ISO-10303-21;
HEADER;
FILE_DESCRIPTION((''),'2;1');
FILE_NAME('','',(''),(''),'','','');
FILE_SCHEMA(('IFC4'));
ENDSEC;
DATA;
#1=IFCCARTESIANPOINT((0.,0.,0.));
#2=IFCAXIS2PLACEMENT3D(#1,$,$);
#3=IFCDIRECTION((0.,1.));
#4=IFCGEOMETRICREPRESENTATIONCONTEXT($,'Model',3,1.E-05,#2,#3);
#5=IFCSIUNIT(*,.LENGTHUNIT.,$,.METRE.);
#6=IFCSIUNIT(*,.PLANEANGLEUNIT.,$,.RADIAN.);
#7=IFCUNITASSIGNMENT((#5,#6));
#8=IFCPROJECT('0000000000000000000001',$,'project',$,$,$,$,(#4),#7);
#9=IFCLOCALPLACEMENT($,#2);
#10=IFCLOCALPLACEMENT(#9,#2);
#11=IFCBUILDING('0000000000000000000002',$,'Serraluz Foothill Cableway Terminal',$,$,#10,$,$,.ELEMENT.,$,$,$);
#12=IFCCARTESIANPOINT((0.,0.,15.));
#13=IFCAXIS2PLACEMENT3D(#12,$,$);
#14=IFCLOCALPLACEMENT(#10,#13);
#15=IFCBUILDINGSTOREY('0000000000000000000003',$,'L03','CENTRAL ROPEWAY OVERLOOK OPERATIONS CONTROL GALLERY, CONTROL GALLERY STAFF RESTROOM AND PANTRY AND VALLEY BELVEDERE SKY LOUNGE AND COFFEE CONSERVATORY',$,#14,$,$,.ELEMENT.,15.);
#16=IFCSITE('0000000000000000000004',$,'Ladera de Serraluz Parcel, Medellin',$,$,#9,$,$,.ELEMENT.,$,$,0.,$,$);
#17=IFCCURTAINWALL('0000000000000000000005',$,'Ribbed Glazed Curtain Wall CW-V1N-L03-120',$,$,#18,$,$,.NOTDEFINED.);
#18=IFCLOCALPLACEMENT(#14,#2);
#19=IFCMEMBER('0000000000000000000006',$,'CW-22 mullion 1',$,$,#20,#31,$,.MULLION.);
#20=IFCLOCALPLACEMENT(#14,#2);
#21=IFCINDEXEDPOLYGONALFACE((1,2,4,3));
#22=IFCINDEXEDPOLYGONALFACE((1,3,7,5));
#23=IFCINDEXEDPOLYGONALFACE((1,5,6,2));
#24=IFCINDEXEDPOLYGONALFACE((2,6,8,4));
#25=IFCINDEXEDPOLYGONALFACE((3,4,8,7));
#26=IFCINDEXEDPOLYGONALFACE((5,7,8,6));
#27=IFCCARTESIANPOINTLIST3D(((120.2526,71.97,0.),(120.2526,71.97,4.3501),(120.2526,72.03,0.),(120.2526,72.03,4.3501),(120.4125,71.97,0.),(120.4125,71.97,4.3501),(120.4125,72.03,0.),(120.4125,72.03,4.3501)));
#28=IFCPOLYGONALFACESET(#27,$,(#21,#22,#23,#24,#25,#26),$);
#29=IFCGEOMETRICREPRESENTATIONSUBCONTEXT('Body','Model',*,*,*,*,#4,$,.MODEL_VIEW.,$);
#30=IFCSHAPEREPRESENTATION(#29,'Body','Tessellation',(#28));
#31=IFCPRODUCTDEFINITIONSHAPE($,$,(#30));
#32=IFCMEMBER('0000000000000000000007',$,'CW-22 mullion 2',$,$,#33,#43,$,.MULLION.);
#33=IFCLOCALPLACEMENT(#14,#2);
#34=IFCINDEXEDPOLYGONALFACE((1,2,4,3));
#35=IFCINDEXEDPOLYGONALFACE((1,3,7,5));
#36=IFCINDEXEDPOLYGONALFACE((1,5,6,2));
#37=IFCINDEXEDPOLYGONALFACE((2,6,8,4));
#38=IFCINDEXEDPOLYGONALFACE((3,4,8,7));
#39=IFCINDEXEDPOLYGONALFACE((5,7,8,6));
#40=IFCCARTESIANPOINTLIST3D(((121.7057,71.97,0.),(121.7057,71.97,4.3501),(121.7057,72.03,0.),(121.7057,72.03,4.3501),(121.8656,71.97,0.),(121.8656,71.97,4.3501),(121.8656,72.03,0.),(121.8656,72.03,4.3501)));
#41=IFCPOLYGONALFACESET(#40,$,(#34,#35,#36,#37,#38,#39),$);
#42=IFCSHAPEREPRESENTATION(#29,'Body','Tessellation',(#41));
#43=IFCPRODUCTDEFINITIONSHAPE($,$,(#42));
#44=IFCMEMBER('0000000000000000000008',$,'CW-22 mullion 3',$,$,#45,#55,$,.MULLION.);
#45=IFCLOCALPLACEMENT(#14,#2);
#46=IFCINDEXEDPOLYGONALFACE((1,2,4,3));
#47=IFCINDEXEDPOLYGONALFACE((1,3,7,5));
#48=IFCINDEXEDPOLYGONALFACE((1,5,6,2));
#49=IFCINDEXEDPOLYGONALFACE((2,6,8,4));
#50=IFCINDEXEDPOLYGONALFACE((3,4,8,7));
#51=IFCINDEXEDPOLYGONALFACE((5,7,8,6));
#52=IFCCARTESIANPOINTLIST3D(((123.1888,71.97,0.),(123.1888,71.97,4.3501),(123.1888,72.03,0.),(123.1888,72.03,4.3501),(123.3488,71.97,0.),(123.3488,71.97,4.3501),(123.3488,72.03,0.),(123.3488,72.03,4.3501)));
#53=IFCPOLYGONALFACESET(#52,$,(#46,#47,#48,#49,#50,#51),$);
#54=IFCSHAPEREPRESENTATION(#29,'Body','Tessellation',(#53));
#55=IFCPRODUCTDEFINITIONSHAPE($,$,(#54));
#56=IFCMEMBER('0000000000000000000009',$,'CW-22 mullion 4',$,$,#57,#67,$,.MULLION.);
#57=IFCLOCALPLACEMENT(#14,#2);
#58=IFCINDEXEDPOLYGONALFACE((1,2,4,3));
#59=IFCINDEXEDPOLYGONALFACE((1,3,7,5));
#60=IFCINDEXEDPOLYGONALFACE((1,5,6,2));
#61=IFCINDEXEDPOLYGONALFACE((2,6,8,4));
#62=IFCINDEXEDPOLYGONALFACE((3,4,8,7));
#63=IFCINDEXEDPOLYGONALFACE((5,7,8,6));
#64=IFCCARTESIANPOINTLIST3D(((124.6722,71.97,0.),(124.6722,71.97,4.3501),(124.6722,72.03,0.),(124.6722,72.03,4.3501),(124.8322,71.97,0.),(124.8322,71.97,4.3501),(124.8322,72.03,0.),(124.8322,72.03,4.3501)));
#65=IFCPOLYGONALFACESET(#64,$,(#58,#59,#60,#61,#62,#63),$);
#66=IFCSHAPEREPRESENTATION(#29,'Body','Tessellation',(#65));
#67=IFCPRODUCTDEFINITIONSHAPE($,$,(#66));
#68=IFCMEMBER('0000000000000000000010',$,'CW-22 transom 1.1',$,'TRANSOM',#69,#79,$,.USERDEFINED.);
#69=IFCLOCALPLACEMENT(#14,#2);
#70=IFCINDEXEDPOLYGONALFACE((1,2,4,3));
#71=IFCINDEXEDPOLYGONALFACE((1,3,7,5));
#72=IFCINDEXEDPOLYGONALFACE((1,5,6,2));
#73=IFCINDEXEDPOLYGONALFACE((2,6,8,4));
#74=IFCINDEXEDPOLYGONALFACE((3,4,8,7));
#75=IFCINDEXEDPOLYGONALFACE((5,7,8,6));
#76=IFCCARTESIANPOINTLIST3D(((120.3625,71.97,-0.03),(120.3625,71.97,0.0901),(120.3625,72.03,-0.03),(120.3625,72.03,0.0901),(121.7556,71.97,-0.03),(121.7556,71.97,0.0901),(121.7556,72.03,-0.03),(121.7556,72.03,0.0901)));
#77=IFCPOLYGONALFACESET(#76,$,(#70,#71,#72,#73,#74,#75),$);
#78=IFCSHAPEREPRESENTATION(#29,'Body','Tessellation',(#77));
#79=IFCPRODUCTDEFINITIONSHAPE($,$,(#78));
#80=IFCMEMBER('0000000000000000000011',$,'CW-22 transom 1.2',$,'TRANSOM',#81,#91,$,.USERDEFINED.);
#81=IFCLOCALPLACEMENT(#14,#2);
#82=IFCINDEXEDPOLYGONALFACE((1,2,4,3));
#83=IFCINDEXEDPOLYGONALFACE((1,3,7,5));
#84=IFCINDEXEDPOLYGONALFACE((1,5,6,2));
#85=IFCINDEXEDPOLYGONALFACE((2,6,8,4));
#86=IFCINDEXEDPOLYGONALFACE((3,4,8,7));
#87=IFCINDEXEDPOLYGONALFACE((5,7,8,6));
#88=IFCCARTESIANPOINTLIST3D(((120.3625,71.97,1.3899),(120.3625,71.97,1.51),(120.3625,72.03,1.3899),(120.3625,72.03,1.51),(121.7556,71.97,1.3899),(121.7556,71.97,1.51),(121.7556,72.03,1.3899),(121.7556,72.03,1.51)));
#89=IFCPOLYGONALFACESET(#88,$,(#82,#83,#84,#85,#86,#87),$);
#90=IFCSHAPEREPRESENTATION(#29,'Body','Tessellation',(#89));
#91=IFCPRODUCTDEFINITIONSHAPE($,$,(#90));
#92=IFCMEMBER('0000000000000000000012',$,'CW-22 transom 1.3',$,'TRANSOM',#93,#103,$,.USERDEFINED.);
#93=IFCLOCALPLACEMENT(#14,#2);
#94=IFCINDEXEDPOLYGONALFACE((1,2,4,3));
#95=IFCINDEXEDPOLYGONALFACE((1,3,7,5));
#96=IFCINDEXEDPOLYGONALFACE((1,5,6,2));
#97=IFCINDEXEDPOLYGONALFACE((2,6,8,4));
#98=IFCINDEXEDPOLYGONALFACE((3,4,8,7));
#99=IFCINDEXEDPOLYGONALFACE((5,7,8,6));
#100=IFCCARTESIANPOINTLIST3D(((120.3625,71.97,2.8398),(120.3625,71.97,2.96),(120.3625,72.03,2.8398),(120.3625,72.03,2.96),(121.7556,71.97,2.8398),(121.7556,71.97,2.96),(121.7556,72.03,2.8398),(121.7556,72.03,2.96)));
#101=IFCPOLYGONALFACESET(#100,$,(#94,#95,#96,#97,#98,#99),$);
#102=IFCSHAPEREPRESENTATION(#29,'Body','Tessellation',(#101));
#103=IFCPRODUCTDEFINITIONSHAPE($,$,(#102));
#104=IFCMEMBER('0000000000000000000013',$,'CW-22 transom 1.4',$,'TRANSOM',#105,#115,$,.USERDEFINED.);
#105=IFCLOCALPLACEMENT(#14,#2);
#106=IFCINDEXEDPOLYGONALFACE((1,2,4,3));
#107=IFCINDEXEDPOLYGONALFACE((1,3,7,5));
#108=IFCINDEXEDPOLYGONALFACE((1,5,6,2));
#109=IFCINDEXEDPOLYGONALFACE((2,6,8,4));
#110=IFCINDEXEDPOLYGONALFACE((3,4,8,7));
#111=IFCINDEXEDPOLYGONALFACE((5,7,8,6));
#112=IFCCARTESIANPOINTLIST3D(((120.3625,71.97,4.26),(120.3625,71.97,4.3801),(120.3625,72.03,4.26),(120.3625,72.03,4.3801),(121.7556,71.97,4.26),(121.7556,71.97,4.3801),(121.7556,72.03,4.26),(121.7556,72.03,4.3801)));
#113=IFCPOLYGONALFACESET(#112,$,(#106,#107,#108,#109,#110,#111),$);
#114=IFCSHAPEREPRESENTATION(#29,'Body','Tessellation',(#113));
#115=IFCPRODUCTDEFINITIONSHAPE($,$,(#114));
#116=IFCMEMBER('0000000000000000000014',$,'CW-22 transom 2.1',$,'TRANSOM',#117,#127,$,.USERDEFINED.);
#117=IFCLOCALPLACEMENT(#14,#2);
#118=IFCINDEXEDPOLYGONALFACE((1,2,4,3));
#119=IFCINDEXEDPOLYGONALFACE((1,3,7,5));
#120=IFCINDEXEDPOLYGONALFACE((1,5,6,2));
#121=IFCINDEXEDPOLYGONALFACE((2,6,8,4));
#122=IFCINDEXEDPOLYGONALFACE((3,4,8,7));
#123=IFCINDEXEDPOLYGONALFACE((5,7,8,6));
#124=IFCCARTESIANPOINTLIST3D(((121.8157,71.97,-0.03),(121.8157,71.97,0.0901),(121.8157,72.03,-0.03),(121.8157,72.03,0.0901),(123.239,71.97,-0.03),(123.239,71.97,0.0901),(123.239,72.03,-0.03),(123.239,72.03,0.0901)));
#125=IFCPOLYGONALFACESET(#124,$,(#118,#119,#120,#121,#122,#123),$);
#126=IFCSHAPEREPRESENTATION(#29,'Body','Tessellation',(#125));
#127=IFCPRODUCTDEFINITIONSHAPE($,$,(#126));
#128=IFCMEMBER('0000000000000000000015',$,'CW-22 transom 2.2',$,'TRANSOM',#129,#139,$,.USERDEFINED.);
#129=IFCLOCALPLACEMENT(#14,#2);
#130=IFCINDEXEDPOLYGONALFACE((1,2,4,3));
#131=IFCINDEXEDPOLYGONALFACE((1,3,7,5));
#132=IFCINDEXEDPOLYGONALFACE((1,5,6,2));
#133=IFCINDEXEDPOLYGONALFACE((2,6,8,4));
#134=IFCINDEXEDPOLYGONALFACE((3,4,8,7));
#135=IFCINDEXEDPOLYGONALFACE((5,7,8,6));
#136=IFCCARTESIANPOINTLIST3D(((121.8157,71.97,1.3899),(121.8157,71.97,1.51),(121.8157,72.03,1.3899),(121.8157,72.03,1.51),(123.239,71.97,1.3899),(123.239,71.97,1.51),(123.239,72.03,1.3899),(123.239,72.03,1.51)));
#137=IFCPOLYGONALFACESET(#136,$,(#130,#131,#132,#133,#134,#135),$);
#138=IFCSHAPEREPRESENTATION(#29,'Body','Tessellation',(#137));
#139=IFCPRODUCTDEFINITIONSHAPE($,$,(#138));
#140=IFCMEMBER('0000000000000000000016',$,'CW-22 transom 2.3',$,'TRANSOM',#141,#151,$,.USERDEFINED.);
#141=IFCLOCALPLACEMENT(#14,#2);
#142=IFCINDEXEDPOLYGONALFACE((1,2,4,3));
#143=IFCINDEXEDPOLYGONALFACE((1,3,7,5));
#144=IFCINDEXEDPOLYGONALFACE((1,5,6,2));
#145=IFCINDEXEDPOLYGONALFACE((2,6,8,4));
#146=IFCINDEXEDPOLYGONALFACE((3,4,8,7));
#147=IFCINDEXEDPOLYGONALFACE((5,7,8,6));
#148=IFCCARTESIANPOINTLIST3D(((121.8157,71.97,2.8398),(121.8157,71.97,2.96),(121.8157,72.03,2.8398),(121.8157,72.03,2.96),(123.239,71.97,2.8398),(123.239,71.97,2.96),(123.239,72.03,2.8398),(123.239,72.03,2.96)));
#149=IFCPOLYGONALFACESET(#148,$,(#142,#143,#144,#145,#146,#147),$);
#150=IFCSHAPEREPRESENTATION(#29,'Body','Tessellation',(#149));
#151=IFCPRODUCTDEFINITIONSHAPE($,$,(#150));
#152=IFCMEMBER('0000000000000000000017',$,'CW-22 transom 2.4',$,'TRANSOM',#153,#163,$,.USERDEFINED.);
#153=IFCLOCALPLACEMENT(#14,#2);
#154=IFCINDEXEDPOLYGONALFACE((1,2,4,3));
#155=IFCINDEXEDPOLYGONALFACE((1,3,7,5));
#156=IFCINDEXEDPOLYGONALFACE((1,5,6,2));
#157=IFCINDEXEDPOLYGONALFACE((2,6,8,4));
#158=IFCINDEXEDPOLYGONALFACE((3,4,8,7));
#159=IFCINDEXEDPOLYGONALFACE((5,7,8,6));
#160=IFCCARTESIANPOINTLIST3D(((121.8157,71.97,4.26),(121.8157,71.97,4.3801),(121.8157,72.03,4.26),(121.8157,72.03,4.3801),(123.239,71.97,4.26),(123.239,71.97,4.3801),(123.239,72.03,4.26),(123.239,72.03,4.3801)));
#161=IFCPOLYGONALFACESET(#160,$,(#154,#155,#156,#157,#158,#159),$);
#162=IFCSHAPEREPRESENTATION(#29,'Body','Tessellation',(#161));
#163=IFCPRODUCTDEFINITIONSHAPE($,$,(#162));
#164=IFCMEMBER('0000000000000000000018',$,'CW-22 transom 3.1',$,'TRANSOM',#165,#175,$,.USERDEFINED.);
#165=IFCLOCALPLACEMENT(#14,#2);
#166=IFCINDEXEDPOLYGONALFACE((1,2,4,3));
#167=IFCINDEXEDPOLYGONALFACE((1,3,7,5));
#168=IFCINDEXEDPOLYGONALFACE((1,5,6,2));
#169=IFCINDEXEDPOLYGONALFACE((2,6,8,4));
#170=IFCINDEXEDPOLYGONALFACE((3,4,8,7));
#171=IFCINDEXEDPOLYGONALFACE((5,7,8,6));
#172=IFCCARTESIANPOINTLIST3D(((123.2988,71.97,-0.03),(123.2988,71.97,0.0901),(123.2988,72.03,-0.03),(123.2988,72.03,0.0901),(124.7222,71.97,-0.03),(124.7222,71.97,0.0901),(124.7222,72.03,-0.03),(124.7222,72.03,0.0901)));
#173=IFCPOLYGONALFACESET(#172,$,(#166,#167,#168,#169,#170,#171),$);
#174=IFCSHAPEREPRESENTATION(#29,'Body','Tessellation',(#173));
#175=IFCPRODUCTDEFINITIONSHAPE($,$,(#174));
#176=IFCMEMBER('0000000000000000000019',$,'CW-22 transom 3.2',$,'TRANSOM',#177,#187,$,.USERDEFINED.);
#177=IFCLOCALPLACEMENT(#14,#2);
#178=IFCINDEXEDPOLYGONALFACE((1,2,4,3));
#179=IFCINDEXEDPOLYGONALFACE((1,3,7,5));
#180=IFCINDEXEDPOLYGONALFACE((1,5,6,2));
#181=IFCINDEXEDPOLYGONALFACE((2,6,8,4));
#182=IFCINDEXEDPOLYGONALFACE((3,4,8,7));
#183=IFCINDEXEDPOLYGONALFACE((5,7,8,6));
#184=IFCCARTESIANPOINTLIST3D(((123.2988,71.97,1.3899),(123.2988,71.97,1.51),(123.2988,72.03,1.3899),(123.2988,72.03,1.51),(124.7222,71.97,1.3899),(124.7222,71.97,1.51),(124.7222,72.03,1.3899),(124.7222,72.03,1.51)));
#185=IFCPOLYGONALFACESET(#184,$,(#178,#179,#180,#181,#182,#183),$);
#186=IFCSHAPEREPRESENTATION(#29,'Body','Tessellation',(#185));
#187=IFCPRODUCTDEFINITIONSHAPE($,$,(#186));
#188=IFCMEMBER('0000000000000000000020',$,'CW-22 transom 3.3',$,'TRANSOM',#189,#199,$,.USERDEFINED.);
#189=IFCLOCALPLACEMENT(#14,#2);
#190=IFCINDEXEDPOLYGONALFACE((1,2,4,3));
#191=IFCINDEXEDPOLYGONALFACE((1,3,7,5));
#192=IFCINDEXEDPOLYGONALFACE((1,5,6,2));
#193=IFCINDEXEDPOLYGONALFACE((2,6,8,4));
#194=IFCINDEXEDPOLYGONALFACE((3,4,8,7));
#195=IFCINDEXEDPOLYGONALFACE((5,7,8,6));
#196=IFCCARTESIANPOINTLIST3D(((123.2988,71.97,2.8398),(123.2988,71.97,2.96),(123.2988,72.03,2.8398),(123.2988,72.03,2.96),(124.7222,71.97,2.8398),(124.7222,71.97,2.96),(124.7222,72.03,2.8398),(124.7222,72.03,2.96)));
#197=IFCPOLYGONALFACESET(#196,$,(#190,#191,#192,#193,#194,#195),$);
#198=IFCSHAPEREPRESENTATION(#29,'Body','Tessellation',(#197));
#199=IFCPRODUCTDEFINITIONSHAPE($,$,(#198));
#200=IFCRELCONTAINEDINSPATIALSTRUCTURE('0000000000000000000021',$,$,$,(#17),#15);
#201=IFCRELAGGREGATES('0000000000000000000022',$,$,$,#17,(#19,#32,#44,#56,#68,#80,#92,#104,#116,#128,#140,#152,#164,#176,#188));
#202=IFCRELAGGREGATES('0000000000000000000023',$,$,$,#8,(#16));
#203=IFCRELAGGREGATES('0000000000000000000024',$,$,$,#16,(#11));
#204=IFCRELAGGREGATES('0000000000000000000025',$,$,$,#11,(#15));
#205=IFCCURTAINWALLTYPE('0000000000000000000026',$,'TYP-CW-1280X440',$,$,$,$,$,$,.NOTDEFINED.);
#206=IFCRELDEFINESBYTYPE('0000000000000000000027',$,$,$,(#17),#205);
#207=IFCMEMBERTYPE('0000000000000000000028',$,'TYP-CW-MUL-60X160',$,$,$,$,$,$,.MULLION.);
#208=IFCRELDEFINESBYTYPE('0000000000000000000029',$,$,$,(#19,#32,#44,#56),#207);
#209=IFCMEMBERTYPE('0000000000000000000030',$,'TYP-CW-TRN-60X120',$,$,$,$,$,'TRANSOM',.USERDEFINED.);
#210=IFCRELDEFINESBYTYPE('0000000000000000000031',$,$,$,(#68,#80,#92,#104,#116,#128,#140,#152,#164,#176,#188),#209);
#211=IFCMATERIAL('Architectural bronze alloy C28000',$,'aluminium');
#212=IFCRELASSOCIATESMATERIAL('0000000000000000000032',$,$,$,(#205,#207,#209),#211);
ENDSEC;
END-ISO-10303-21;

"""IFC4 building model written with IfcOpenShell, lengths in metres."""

from ifc_helpers import new_model, si_unit, direction, frame, origin, origin_2d, place, context, subcontext, project, spatial, rectangle, extrude, material, material_profile, profile_set, type_object, element, aggregate, save


model = new_model("IFC4")

# Units and contexts
model_context = context("Model", 3, precision=1e-05, world=origin(), true_north=direction((0.0, 1.0)))
body_context = subcontext(model_context, "Body", "Model", "MODEL_VIEW")
ifc_project = project(units=[si_unit("LENGTHUNIT", "METRE"), si_unit("PLANEANGLEUNIT", "RADIAN")], contexts=[model_context])

# Site, building, storey
site_placement = place(None, origin())
site = spatial("IfcSite", under=ifc_project, at=site_placement, Name="Ladera de Serraluz Parcel, Medellin", CompositionType="ELEMENT", RefElevation=0.0)
building_placement = place(site_placement, origin())
building = spatial("IfcBuilding", under=site, at=building_placement, Name="Serraluz Foothill Cableway Terminal", CompositionType="ELEMENT")
storey_placement = place(building_placement, frame((0.0, 0.0, 15.0)))
storey = spatial("IfcBuildingStorey", under=building, at=storey_placement, Name="L03", Description="CENTRAL ROPEWAY OVERLOOK OPERATIONS CONTROL GALLERY, CONTROL GALLERY STAFF RESTROOM AND PANTRY AND VALLEY BELVEDERE SKY LOUNGE AND COFFEE CONSERVATORY", CompositionType="ELEMENT", Elevation=15.0)

# Curtain wall, members
ifc_material_1 = material(Name="Architectural bronze alloy C28000", Category="aluminium")
curtain_wall_type = type_object("IfcCurtainWallType", Name="TYP-CW-1280X440", PredefinedType="NOTDEFINED", material=ifc_material_1)
curtain_wall_placement = place(storey_placement, origin())
curtain_wall = element("IfcCurtainWall", 1, at=curtain_wall_placement, inside=storey, type_object=curtain_wall_type, Name="Ribbed Glazed Curtain Wall CW-V1N-L03-120", PredefinedType="NOTDEFINED")
ifc_material_profile_1 = material_profile(ifc_material_1, rectangle(XDim=0.0601, YDim=0.1599, at=origin_2d()), Name="ALU MULLION 60x160")
ifc_profile_set_1 = profile_set([ifc_material_profile_1], Name="Architectural bronze alloy C28000")
member_type_1 = type_object("IfcMemberType", Name="TYP-CW-MUL-60X160", PredefinedType="MULLION", material=ifc_profile_set_1)
member_1_placement = place(storey_placement, frame((120.3325, 72.0, 0.0), z_axis=(0.0, 0.0, 1.0), x_axis=(0.0, 1.0, 0.0)))
member_1 = element("IfcMember", 2, at=member_1_placement, type_object=member_type_1, Name="CW-22 mullion 1", PredefinedType="MULLION", context=body_context, shape_type="SweptSolid", body=[
    extrude(rectangle(XDim=0.0601, YDim=0.1599, at=origin_2d()), origin(), (0.0, 0.0, 1.0), 4.3501),
])
member_2_placement = place(storey_placement, frame((121.7856, 72.0, 0.0), z_axis=(0.0, 0.0, 1.0), x_axis=(0.0, 1.0, 0.0)))
member_2 = element("IfcMember", 3, at=member_2_placement, type_object=member_type_1, Name="CW-22 mullion 2", PredefinedType="MULLION", context=body_context, shape_type="SweptSolid", body=[
    extrude(rectangle(XDim=0.0601, YDim=0.1599, at=origin_2d()), origin(), (0.0, 0.0, 1.0), 4.3501),
])
member_3_placement = place(storey_placement, frame((123.2688, 72.0, 0.0), z_axis=(0.0, 0.0, 1.0), x_axis=(0.0, 1.0, 0.0)))
member_3 = element("IfcMember", 4, at=member_3_placement, type_object=member_type_1, Name="CW-22 mullion 3", PredefinedType="MULLION", context=body_context, shape_type="SweptSolid", body=[
    extrude(rectangle(XDim=0.0601, YDim=0.1599, at=origin_2d()), origin(), (0.0, 0.0, 1.0), 4.3501),
])
member_4_placement = place(storey_placement, frame((124.7522, 72.0, 0.0), z_axis=(0.0, 0.0, 1.0), x_axis=(0.0, 1.0, 0.0)))
member_4 = element("IfcMember", 5, at=member_4_placement, type_object=member_type_1, Name="CW-22 mullion 4", PredefinedType="MULLION", context=body_context, shape_type="SweptSolid", body=[
    extrude(rectangle(XDim=0.0601, YDim=0.1599, at=origin_2d()), origin(), (0.0, 0.0, 1.0), 4.3501),
])
ifc_material_profile_2 = material_profile(ifc_material_1, rectangle(XDim=0.0601, YDim=0.1201, at=origin_2d()), Name="ALU TRANSOM 60x120")
ifc_profile_set_2 = profile_set([ifc_material_profile_2], Name="Architectural bronze alloy C28000")
member_type_2 = type_object("IfcMemberType", Name="TYP-CW-TRN-60X120", ElementType="TRANSOM", PredefinedType="USERDEFINED", material=ifc_profile_set_2)
member_5_placement = place(storey_placement, frame((120.3625, 72.0, 0.03), z_axis=(1.0, 0.0, 0.0), x_axis=(0.0, 1.0, 0.0)))
member_5 = element("IfcMember", 6, at=member_5_placement, type_object=member_type_2, Name="CW-22 transom 1.1", ObjectType="TRANSOM", PredefinedType="USERDEFINED", context=body_context, shape_type="SweptSolid", body=[
    extrude(rectangle(XDim=0.0601, YDim=0.1201, at=origin_2d()), origin(), (0.0, 0.0, 1.0), 1.3931),
])
member_6_placement = place(storey_placement, frame((120.3625, 72.0, 1.45), z_axis=(1.0, 0.0, 0.0), x_axis=(0.0, 1.0, 0.0)))
member_6 = element("IfcMember", 7, at=member_6_placement, type_object=member_type_2, Name="CW-22 transom 1.2", ObjectType="TRANSOM", PredefinedType="USERDEFINED", context=body_context, shape_type="SweptSolid", body=[
    extrude(rectangle(XDim=0.0601, YDim=0.1201, at=origin_2d()), origin(), (0.0, 0.0, 1.0), 1.3931),
])
member_7_placement = place(storey_placement, frame((120.3625, 72.0, 2.8999), z_axis=(1.0, 0.0, 0.0), x_axis=(0.0, 1.0, 0.0)))
member_7 = element("IfcMember", 8, at=member_7_placement, type_object=member_type_2, Name="CW-22 transom 1.3", ObjectType="TRANSOM", PredefinedType="USERDEFINED", context=body_context, shape_type="SweptSolid", body=[
    extrude(rectangle(XDim=0.0601, YDim=0.1201, at=origin_2d()), origin(), (0.0, 0.0, 1.0), 1.3931),
])
member_8_placement = place(storey_placement, frame((120.3625, 72.0, 4.3201), z_axis=(1.0, 0.0, 0.0), x_axis=(0.0, 1.0, 0.0)))
member_8 = element("IfcMember", 9, at=member_8_placement, type_object=member_type_2, Name="CW-22 transom 1.4", ObjectType="TRANSOM", PredefinedType="USERDEFINED", context=body_context, shape_type="SweptSolid", body=[
    extrude(rectangle(XDim=0.0601, YDim=0.1201, at=origin_2d()), origin(), (0.0, 0.0, 1.0), 1.3931),
])
member_9_placement = place(storey_placement, frame((121.8157, 72.0, 0.03), z_axis=(1.0, 0.0, 0.0), x_axis=(0.0, 1.0, 0.0)))
member_9 = element("IfcMember", 10, at=member_9_placement, type_object=member_type_2, Name="CW-22 transom 2.1", ObjectType="TRANSOM", PredefinedType="USERDEFINED", context=body_context, shape_type="SweptSolid", body=[
    extrude(rectangle(XDim=0.0601, YDim=0.1201, at=origin_2d()), origin(), (0.0, 0.0, 1.0), 1.4233),
])
member_10_placement = place(storey_placement, frame((121.8157, 72.0, 1.45), z_axis=(1.0, 0.0, 0.0), x_axis=(0.0, 1.0, 0.0)))
member_10 = element("IfcMember", 11, at=member_10_placement, type_object=member_type_2, Name="CW-22 transom 2.2", ObjectType="TRANSOM", PredefinedType="USERDEFINED", context=body_context, shape_type="SweptSolid", body=[
    extrude(rectangle(XDim=0.0601, YDim=0.1201, at=origin_2d()), origin(), (0.0, 0.0, 1.0), 1.4233),
])
member_11_placement = place(storey_placement, frame((121.8157, 72.0, 2.8999), z_axis=(1.0, 0.0, 0.0), x_axis=(0.0, 1.0, 0.0)))
member_11 = element("IfcMember", 12, at=member_11_placement, type_object=member_type_2, Name="CW-22 transom 2.3", ObjectType="TRANSOM", PredefinedType="USERDEFINED", context=body_context, shape_type="SweptSolid", body=[
    extrude(rectangle(XDim=0.0601, YDim=0.1201, at=origin_2d()), origin(), (0.0, 0.0, 1.0), 1.4233),
])
member_12_placement = place(storey_placement, frame((121.8157, 72.0, 4.3201), z_axis=(1.0, 0.0, 0.0), x_axis=(0.0, 1.0, 0.0)))
member_12 = element("IfcMember", 13, at=member_12_placement, type_object=member_type_2, Name="CW-22 transom 2.4", ObjectType="TRANSOM", PredefinedType="USERDEFINED", context=body_context, shape_type="SweptSolid", body=[
    extrude(rectangle(XDim=0.0601, YDim=0.1201, at=origin_2d()), origin(), (0.0, 0.0, 1.0), 1.4233),
])
member_13_placement = place(storey_placement, frame((123.2988, 72.0, 0.03), z_axis=(1.0, 0.0, 0.0), x_axis=(0.0, 1.0, 0.0)))
member_13 = element("IfcMember", 14, at=member_13_placement, type_object=member_type_2, Name="CW-22 transom 3.1", ObjectType="TRANSOM", PredefinedType="USERDEFINED", context=body_context, shape_type="SweptSolid", body=[
    extrude(rectangle(XDim=0.0601, YDim=0.1201, at=origin_2d()), origin(), (0.0, 0.0, 1.0), 1.4233),
])
member_14_placement = place(storey_placement, frame((123.2988, 72.0, 1.45), z_axis=(1.0, 0.0, 0.0), x_axis=(0.0, 1.0, 0.0)))
member_14 = element("IfcMember", 15, at=member_14_placement, type_object=member_type_2, Name="CW-22 transom 3.2", ObjectType="TRANSOM", PredefinedType="USERDEFINED", context=body_context, shape_type="SweptSolid", body=[
    extrude(rectangle(XDim=0.0601, YDim=0.1201, at=origin_2d()), origin(), (0.0, 0.0, 1.0), 1.4233),
])
member_15_placement = place(storey_placement, frame((123.2988, 72.0, 2.8999), z_axis=(1.0, 0.0, 0.0), x_axis=(0.0, 1.0, 0.0)))
member_15 = element("IfcMember", 16, at=member_15_placement, type_object=member_type_2, Name="CW-22 transom 3.3", ObjectType="TRANSOM", PredefinedType="USERDEFINED", context=body_context, shape_type="SweptSolid", body=[
    extrude(rectangle(XDim=0.0601, YDim=0.1201, at=origin_2d()), origin(), (0.0, 0.0, 1.0), 1.4233),
])

aggregate(curtain_wall, [member_1, member_2, member_3, member_4, member_5, member_6, member_7, member_8, member_9, member_10, member_11, member_12, member_13, member_14, member_15])

save(model, "model.ifc")
